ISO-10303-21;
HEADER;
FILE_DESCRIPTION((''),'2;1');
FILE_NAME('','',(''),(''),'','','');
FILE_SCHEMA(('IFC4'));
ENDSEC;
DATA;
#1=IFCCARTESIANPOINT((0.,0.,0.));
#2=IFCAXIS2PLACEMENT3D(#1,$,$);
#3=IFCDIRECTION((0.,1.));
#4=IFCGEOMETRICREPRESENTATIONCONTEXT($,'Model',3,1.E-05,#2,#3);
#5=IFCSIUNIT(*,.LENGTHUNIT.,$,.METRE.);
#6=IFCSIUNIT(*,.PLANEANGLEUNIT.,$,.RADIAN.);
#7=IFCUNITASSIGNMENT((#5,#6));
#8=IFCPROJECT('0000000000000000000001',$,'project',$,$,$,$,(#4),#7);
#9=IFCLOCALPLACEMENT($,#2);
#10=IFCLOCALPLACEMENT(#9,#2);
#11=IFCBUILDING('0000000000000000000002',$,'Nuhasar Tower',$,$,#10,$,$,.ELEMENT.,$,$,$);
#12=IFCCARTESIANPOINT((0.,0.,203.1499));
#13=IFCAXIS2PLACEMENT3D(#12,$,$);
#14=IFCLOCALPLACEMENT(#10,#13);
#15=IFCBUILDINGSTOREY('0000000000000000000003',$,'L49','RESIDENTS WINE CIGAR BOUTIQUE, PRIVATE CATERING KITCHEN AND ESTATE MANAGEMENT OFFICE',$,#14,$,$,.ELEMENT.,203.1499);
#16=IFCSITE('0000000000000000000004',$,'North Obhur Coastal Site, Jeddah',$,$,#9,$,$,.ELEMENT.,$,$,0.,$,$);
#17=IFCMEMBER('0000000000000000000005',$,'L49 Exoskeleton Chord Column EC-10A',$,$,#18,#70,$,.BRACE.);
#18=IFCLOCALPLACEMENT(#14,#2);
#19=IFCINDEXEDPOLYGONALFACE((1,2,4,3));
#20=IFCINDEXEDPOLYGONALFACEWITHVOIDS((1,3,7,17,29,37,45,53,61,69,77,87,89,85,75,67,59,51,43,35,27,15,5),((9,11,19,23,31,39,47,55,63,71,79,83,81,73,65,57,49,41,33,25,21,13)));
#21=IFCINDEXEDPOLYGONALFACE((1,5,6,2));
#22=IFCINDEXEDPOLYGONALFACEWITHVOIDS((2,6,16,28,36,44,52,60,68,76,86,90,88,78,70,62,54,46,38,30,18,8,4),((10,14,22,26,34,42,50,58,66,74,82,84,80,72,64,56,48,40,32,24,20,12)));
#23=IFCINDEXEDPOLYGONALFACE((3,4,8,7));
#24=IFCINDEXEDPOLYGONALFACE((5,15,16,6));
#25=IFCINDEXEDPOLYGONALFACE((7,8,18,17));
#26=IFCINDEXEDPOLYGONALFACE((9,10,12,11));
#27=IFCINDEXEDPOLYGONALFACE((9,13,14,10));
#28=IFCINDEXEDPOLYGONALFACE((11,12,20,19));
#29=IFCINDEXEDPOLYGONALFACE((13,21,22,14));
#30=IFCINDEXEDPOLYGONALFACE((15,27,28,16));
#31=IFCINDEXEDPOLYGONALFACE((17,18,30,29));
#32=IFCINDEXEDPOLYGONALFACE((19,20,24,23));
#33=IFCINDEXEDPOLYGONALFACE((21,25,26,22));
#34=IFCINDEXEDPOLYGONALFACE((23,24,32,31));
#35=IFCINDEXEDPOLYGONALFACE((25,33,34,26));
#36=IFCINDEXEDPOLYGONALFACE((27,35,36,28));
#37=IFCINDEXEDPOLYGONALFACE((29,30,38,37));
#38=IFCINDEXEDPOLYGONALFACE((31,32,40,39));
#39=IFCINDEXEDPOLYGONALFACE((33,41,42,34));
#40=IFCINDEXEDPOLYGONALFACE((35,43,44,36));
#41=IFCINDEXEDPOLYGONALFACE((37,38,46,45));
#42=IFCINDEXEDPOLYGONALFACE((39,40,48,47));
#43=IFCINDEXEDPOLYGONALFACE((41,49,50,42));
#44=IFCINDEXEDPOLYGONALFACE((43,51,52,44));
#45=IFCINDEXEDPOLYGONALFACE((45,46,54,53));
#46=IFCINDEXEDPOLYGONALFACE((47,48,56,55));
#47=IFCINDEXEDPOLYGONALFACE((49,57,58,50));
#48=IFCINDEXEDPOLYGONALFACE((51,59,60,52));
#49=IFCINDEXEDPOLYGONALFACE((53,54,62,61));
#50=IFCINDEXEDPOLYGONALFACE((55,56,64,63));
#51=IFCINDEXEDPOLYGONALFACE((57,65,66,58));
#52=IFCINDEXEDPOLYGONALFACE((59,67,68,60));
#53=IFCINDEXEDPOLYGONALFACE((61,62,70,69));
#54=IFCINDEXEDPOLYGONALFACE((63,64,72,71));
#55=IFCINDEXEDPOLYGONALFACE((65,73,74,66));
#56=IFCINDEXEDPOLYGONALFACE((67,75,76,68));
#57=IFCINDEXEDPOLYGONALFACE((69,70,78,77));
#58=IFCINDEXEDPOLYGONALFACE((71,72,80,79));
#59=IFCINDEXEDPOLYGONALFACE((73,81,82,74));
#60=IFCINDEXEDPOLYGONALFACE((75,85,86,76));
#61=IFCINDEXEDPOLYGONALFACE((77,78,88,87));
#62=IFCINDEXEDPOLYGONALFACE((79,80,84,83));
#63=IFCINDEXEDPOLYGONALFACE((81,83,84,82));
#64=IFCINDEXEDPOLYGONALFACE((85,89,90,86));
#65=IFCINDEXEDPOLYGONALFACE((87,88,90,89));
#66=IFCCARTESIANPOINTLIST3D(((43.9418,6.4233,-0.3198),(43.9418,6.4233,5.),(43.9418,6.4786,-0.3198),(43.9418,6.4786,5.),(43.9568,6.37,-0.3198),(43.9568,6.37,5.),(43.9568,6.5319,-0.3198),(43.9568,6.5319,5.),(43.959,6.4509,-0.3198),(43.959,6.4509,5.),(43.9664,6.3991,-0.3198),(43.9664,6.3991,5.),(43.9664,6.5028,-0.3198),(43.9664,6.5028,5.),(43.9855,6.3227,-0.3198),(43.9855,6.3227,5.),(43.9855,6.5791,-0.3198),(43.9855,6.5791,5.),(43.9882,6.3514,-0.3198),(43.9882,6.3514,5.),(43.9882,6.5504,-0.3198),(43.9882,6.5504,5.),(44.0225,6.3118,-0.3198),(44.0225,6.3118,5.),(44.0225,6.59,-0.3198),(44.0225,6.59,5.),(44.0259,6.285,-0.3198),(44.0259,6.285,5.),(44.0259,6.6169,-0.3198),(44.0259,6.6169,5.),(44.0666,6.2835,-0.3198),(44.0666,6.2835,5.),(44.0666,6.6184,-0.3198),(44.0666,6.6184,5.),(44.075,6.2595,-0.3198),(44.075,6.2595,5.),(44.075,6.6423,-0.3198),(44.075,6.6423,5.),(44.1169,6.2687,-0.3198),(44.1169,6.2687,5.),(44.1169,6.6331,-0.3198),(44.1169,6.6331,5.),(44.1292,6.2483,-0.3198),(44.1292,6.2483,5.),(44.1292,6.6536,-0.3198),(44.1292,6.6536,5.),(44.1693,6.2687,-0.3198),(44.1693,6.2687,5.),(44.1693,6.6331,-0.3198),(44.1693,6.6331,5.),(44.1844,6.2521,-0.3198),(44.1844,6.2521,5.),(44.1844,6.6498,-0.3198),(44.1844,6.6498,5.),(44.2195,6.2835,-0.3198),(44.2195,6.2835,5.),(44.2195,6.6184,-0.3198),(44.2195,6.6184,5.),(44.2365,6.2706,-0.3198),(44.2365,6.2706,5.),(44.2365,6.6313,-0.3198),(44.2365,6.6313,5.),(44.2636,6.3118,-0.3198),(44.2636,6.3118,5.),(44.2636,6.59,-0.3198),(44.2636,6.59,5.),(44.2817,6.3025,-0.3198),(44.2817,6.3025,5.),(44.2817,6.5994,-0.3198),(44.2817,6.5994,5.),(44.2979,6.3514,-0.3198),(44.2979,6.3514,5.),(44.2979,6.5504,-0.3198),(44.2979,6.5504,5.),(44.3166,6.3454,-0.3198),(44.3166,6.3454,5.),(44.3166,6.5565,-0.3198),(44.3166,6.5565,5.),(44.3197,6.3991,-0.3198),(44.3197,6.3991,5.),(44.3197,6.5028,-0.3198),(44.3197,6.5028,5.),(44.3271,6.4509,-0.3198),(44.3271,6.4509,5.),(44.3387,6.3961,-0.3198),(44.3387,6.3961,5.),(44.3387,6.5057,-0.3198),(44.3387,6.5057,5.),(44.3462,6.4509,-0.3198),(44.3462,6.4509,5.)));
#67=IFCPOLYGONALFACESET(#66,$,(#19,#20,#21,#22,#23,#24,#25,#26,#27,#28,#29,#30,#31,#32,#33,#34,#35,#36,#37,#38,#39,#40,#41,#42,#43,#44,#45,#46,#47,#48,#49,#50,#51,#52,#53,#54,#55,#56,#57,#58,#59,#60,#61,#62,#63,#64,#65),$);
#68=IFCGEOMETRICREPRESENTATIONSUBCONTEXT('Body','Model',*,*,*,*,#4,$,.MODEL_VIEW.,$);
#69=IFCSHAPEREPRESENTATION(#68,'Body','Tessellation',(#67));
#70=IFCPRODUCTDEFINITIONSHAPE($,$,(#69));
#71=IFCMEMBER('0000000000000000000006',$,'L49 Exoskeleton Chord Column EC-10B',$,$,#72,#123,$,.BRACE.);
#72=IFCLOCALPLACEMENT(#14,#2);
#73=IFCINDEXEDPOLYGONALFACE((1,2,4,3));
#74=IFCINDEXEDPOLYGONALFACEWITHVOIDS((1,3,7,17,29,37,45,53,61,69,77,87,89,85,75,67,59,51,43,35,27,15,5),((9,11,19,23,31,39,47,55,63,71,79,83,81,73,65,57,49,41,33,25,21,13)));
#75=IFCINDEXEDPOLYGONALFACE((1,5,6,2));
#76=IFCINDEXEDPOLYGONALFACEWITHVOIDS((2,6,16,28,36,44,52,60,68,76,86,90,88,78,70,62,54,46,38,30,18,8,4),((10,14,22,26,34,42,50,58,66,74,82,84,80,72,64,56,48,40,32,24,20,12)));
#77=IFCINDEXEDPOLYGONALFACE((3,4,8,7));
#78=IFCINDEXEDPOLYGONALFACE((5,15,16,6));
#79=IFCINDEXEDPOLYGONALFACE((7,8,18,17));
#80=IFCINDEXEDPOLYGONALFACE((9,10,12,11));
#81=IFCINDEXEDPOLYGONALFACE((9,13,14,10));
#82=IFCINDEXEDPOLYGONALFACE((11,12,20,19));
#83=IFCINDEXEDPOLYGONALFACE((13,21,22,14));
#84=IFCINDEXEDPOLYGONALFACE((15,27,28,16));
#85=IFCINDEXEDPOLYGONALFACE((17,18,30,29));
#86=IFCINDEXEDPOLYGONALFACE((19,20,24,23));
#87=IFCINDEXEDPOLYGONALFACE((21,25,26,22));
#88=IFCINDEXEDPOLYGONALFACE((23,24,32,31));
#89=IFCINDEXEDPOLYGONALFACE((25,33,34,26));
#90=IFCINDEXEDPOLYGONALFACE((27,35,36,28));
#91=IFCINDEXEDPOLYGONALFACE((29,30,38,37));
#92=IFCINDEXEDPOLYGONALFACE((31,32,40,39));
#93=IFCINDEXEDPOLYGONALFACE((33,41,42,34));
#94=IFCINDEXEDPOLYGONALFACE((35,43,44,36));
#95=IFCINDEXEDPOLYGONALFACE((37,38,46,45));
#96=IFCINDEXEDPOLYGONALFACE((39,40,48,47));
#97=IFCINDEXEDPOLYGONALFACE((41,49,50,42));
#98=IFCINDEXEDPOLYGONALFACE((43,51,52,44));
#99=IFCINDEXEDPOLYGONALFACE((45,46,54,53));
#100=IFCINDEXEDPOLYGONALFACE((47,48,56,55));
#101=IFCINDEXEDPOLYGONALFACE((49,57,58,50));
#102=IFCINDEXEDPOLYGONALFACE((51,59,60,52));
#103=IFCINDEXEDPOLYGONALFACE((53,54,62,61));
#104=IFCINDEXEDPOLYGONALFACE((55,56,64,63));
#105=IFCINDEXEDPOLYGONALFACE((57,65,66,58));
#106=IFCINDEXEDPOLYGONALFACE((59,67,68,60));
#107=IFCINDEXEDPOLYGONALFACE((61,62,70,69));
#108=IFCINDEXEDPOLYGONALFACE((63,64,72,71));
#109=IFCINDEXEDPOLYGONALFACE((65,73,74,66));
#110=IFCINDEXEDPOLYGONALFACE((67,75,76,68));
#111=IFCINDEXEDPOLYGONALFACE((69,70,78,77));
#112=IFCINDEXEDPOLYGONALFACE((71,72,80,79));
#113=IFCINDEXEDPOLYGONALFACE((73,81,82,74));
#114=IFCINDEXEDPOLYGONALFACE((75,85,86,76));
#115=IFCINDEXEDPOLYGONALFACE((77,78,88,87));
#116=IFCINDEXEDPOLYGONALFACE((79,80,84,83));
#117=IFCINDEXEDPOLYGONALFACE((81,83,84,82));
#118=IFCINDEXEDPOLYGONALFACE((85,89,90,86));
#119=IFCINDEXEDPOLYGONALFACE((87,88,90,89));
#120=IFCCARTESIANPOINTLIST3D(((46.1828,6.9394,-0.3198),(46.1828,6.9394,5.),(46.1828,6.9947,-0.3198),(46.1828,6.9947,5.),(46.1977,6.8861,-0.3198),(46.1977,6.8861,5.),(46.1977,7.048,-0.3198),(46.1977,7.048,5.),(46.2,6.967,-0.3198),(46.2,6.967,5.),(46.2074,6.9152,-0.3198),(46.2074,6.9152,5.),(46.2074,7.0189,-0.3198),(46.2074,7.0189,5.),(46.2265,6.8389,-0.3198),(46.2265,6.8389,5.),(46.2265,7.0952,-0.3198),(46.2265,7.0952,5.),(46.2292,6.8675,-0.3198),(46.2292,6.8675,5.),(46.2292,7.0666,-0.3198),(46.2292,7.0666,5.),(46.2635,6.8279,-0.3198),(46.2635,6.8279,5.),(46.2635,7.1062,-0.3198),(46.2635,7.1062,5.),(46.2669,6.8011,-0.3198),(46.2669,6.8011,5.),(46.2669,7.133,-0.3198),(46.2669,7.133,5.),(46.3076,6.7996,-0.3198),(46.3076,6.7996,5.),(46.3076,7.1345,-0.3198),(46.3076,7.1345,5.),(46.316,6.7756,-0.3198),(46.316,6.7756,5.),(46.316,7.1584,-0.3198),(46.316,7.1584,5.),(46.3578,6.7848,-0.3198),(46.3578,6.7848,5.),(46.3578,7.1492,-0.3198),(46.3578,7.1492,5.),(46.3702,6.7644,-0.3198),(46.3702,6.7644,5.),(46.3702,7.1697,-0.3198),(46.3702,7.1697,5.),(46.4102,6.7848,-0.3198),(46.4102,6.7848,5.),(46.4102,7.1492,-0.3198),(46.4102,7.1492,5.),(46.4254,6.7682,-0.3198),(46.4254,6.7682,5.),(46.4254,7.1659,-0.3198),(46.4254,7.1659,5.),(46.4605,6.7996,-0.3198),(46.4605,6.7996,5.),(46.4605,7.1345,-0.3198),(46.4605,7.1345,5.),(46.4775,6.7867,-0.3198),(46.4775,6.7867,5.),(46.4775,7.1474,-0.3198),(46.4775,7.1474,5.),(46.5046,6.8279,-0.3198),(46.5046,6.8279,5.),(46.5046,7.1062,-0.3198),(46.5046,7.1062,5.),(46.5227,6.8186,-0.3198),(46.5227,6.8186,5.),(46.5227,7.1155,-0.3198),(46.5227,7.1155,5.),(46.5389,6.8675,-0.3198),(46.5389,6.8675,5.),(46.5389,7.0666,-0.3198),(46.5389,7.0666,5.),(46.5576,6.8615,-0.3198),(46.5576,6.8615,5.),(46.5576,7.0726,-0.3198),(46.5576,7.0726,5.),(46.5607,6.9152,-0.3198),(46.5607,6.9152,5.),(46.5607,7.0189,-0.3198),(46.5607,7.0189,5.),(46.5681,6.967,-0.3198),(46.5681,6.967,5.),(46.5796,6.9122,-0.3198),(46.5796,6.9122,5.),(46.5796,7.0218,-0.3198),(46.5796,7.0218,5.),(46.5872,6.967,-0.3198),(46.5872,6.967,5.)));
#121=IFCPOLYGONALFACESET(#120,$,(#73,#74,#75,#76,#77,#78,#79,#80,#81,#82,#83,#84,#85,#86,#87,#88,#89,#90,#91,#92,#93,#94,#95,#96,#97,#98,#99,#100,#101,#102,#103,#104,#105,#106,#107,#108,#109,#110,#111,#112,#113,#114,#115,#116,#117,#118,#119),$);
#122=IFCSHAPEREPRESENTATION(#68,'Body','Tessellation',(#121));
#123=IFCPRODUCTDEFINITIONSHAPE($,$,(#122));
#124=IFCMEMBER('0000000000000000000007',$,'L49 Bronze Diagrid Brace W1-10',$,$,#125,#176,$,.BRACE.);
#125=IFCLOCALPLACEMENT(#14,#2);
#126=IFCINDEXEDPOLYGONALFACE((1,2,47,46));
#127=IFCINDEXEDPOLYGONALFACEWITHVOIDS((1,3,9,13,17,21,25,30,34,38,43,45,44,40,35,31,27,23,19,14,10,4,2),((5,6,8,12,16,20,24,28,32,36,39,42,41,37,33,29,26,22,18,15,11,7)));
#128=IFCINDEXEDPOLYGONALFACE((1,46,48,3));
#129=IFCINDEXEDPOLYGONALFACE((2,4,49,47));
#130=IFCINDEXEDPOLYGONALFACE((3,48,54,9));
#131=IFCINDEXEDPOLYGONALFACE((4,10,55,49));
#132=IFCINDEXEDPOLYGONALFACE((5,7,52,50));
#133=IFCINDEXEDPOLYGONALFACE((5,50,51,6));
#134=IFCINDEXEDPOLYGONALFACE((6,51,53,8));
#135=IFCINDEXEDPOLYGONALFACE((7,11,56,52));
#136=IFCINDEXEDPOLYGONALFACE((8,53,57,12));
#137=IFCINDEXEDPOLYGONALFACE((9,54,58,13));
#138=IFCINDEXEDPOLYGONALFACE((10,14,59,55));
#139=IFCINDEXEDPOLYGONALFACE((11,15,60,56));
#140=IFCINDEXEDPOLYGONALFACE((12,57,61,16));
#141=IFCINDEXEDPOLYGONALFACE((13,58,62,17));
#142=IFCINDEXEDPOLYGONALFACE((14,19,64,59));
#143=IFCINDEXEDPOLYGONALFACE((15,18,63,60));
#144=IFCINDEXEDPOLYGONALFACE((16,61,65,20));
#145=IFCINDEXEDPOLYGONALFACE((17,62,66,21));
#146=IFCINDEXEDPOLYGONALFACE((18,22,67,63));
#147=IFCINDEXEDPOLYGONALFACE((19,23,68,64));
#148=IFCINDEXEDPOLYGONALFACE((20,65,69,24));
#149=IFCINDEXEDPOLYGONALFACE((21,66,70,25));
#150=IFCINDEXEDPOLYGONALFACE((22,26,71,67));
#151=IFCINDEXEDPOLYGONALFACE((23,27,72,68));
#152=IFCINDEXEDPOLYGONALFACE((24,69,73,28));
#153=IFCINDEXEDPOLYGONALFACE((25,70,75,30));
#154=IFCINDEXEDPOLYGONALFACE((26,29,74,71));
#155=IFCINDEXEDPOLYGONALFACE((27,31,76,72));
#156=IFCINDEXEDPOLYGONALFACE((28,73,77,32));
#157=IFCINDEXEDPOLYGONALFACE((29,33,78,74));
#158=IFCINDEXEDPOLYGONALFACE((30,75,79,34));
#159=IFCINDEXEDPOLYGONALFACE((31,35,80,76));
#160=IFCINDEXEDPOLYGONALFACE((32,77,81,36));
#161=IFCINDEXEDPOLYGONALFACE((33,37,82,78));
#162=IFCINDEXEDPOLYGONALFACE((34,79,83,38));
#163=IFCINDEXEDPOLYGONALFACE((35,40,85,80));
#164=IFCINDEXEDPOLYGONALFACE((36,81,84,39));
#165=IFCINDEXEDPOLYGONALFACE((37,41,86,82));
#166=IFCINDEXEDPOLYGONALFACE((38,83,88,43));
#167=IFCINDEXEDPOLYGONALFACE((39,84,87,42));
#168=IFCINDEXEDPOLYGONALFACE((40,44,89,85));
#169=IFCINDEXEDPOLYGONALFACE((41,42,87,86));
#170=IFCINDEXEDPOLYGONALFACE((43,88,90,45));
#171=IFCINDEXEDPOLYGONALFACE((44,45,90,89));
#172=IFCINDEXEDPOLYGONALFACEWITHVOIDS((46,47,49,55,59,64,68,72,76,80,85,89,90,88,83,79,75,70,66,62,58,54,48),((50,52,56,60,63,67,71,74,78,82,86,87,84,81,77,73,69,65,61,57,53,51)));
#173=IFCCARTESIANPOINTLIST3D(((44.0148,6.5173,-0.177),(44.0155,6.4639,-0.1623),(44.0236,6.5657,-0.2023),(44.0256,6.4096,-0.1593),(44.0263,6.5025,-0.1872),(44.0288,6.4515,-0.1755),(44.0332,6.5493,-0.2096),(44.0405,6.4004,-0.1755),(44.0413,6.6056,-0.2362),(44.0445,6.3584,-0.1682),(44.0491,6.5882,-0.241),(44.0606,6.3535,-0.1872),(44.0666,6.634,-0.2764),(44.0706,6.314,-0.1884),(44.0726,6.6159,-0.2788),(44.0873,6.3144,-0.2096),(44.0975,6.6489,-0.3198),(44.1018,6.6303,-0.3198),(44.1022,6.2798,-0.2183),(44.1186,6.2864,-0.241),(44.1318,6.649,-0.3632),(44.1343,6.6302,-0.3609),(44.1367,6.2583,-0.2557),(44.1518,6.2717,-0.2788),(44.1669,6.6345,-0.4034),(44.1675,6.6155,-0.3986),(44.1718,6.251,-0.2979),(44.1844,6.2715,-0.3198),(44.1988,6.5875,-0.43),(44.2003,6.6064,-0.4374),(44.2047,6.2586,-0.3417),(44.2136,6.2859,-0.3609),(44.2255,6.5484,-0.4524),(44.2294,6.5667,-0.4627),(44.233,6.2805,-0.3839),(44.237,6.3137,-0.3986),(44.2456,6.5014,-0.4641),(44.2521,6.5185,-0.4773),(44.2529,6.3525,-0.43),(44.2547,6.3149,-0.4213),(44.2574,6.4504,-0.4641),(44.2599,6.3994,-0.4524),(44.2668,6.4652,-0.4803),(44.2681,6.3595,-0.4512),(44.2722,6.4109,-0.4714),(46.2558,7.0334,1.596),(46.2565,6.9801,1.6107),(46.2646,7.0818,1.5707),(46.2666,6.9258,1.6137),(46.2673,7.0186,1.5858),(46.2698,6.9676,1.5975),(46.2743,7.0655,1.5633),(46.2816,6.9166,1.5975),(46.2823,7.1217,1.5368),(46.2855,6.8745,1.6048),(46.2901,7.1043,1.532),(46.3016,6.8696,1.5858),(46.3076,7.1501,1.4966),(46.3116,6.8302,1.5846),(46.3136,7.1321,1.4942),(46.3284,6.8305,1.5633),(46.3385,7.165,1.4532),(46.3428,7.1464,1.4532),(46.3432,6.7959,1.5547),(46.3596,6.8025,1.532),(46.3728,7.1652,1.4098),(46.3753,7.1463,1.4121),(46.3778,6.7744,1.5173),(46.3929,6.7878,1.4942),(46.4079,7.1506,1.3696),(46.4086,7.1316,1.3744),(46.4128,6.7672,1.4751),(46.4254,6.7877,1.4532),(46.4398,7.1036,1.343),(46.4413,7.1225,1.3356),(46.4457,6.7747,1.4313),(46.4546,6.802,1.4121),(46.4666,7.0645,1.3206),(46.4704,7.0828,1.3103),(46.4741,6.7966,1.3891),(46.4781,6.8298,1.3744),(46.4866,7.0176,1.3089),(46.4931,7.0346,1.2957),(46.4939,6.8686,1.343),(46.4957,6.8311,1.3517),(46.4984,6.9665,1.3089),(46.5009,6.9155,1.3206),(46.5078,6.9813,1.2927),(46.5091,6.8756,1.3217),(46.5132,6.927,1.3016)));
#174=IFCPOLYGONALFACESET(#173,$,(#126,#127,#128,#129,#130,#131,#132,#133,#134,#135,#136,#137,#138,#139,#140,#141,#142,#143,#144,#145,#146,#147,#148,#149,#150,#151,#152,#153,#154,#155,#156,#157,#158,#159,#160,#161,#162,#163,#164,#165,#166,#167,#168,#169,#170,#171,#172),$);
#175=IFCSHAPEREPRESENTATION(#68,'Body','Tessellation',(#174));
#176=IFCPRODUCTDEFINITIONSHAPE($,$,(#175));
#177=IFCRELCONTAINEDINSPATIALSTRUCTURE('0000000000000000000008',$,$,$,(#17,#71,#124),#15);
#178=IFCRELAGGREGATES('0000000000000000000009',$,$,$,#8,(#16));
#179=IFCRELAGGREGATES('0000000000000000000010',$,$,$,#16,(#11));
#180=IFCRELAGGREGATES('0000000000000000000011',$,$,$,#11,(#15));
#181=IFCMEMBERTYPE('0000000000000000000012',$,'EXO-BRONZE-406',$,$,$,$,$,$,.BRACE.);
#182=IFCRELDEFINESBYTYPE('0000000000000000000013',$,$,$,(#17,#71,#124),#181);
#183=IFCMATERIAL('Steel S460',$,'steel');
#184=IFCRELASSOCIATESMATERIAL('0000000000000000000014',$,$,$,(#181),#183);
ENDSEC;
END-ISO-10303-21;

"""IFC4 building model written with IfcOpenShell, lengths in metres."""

from ifc_helpers import new_model, si_unit, direction, frame, origin, origin_2d, place, context, subcontext, project, spatial, hollow_circle, extrude, material, material_profile, profile_set, type_object, element, save


model = new_model("IFC4")

# Units and contexts
model_context = context("Model", 3, precision=1e-05, world=origin(), true_north=direction((0.0, 1.0)))
body_context = subcontext(model_context, "Body", "Model", "MODEL_VIEW")
ifc_project = project(units=[si_unit("LENGTHUNIT", "METRE"), si_unit("PLANEANGLEUNIT", "RADIAN")], contexts=[model_context])

# Site, building, storey
site_placement = place(None, origin())
site = spatial("IfcSite", under=ifc_project, at=site_placement, Name="North Obhur Coastal Site, Jeddah", CompositionType="ELEMENT", RefElevation=0.0)
building_placement = place(site_placement, origin())
building = spatial("IfcBuilding", under=site, at=building_placement, Name="Nuhasar Tower", CompositionType="ELEMENT")
storey_placement = place(building_placement, frame((0.0, 0.0, 203.1499)))
storey = spatial("IfcBuildingStorey", under=building, at=storey_placement, Name="L49", Description="RESIDENTS WINE CIGAR BOUTIQUE, PRIVATE CATERING KITCHEN AND ESTATE MANAGEMENT OFFICE", CompositionType="ELEMENT", Elevation=203.1499)

# Shared definitions
ifc_material_1 = material(Name="Steel S460", Category="steel")

# Members
ifc_material_profile_1 = material_profile(ifc_material_1, hollow_circle(Radius=0.2031, WallThickness=0.019, at=origin_2d()), Name="HSS406.4X19.1")
ifc_profile_set_1 = profile_set([ifc_material_profile_1], Name="Steel S460")
member_type_1 = type_object("IfcMemberType", Name="EXO-BRONZE-406", PredefinedType="BRACE", material=ifc_profile_set_1)
for number, where, z_axis, x_axis, name in (
    (1, (44.1431, 6.4509, -0.3198), (0.0, 0.0, 1.0), (1.0, 0.0, 0.0), "L49 Exoskeleton Chord Column EC-10A"),
    (2, (46.384, 6.967, -0.3198), (0.0, 0.0, 1.0), (1.0, 0.0, 0.0), "L49 Exoskeleton Chord Column EC-10B"),
):
    element("IfcMember", number, at=place(storey_placement, frame(where, z_axis=z_axis, x_axis=x_axis)), inside=storey, type_object=member_type_1, Name=name, PredefinedType="BRACE", context=body_context, shape_type="SweptSolid", body=[
        extrude(hollow_circle(Radius=0.2031, WallThickness=0.019, at=origin_2d()), origin(), (0.0, 0.0, 1.0), 5.3198),
    ])
member_1_placement = place(storey_placement, frame((44.1431, 6.4509, -0.3198), z_axis=(0.771754, 0.177741, 0.610576), x_axis=(-0.224433, 0.97449, 0.0)))
element("IfcMember", 3, at=member_1_placement, inside=storey, type_object=member_type_1, Name="L49 Bronze Diagrid Brace W1-10", PredefinedType="BRACE", context=body_context, shape_type="SweptSolid", body=[
    extrude(hollow_circle(Radius=0.2031, WallThickness=0.019, at=origin_2d()), origin(), (0.0, 0.0, 1.0), 2.9038),
])

save(model, "model.ifc")
